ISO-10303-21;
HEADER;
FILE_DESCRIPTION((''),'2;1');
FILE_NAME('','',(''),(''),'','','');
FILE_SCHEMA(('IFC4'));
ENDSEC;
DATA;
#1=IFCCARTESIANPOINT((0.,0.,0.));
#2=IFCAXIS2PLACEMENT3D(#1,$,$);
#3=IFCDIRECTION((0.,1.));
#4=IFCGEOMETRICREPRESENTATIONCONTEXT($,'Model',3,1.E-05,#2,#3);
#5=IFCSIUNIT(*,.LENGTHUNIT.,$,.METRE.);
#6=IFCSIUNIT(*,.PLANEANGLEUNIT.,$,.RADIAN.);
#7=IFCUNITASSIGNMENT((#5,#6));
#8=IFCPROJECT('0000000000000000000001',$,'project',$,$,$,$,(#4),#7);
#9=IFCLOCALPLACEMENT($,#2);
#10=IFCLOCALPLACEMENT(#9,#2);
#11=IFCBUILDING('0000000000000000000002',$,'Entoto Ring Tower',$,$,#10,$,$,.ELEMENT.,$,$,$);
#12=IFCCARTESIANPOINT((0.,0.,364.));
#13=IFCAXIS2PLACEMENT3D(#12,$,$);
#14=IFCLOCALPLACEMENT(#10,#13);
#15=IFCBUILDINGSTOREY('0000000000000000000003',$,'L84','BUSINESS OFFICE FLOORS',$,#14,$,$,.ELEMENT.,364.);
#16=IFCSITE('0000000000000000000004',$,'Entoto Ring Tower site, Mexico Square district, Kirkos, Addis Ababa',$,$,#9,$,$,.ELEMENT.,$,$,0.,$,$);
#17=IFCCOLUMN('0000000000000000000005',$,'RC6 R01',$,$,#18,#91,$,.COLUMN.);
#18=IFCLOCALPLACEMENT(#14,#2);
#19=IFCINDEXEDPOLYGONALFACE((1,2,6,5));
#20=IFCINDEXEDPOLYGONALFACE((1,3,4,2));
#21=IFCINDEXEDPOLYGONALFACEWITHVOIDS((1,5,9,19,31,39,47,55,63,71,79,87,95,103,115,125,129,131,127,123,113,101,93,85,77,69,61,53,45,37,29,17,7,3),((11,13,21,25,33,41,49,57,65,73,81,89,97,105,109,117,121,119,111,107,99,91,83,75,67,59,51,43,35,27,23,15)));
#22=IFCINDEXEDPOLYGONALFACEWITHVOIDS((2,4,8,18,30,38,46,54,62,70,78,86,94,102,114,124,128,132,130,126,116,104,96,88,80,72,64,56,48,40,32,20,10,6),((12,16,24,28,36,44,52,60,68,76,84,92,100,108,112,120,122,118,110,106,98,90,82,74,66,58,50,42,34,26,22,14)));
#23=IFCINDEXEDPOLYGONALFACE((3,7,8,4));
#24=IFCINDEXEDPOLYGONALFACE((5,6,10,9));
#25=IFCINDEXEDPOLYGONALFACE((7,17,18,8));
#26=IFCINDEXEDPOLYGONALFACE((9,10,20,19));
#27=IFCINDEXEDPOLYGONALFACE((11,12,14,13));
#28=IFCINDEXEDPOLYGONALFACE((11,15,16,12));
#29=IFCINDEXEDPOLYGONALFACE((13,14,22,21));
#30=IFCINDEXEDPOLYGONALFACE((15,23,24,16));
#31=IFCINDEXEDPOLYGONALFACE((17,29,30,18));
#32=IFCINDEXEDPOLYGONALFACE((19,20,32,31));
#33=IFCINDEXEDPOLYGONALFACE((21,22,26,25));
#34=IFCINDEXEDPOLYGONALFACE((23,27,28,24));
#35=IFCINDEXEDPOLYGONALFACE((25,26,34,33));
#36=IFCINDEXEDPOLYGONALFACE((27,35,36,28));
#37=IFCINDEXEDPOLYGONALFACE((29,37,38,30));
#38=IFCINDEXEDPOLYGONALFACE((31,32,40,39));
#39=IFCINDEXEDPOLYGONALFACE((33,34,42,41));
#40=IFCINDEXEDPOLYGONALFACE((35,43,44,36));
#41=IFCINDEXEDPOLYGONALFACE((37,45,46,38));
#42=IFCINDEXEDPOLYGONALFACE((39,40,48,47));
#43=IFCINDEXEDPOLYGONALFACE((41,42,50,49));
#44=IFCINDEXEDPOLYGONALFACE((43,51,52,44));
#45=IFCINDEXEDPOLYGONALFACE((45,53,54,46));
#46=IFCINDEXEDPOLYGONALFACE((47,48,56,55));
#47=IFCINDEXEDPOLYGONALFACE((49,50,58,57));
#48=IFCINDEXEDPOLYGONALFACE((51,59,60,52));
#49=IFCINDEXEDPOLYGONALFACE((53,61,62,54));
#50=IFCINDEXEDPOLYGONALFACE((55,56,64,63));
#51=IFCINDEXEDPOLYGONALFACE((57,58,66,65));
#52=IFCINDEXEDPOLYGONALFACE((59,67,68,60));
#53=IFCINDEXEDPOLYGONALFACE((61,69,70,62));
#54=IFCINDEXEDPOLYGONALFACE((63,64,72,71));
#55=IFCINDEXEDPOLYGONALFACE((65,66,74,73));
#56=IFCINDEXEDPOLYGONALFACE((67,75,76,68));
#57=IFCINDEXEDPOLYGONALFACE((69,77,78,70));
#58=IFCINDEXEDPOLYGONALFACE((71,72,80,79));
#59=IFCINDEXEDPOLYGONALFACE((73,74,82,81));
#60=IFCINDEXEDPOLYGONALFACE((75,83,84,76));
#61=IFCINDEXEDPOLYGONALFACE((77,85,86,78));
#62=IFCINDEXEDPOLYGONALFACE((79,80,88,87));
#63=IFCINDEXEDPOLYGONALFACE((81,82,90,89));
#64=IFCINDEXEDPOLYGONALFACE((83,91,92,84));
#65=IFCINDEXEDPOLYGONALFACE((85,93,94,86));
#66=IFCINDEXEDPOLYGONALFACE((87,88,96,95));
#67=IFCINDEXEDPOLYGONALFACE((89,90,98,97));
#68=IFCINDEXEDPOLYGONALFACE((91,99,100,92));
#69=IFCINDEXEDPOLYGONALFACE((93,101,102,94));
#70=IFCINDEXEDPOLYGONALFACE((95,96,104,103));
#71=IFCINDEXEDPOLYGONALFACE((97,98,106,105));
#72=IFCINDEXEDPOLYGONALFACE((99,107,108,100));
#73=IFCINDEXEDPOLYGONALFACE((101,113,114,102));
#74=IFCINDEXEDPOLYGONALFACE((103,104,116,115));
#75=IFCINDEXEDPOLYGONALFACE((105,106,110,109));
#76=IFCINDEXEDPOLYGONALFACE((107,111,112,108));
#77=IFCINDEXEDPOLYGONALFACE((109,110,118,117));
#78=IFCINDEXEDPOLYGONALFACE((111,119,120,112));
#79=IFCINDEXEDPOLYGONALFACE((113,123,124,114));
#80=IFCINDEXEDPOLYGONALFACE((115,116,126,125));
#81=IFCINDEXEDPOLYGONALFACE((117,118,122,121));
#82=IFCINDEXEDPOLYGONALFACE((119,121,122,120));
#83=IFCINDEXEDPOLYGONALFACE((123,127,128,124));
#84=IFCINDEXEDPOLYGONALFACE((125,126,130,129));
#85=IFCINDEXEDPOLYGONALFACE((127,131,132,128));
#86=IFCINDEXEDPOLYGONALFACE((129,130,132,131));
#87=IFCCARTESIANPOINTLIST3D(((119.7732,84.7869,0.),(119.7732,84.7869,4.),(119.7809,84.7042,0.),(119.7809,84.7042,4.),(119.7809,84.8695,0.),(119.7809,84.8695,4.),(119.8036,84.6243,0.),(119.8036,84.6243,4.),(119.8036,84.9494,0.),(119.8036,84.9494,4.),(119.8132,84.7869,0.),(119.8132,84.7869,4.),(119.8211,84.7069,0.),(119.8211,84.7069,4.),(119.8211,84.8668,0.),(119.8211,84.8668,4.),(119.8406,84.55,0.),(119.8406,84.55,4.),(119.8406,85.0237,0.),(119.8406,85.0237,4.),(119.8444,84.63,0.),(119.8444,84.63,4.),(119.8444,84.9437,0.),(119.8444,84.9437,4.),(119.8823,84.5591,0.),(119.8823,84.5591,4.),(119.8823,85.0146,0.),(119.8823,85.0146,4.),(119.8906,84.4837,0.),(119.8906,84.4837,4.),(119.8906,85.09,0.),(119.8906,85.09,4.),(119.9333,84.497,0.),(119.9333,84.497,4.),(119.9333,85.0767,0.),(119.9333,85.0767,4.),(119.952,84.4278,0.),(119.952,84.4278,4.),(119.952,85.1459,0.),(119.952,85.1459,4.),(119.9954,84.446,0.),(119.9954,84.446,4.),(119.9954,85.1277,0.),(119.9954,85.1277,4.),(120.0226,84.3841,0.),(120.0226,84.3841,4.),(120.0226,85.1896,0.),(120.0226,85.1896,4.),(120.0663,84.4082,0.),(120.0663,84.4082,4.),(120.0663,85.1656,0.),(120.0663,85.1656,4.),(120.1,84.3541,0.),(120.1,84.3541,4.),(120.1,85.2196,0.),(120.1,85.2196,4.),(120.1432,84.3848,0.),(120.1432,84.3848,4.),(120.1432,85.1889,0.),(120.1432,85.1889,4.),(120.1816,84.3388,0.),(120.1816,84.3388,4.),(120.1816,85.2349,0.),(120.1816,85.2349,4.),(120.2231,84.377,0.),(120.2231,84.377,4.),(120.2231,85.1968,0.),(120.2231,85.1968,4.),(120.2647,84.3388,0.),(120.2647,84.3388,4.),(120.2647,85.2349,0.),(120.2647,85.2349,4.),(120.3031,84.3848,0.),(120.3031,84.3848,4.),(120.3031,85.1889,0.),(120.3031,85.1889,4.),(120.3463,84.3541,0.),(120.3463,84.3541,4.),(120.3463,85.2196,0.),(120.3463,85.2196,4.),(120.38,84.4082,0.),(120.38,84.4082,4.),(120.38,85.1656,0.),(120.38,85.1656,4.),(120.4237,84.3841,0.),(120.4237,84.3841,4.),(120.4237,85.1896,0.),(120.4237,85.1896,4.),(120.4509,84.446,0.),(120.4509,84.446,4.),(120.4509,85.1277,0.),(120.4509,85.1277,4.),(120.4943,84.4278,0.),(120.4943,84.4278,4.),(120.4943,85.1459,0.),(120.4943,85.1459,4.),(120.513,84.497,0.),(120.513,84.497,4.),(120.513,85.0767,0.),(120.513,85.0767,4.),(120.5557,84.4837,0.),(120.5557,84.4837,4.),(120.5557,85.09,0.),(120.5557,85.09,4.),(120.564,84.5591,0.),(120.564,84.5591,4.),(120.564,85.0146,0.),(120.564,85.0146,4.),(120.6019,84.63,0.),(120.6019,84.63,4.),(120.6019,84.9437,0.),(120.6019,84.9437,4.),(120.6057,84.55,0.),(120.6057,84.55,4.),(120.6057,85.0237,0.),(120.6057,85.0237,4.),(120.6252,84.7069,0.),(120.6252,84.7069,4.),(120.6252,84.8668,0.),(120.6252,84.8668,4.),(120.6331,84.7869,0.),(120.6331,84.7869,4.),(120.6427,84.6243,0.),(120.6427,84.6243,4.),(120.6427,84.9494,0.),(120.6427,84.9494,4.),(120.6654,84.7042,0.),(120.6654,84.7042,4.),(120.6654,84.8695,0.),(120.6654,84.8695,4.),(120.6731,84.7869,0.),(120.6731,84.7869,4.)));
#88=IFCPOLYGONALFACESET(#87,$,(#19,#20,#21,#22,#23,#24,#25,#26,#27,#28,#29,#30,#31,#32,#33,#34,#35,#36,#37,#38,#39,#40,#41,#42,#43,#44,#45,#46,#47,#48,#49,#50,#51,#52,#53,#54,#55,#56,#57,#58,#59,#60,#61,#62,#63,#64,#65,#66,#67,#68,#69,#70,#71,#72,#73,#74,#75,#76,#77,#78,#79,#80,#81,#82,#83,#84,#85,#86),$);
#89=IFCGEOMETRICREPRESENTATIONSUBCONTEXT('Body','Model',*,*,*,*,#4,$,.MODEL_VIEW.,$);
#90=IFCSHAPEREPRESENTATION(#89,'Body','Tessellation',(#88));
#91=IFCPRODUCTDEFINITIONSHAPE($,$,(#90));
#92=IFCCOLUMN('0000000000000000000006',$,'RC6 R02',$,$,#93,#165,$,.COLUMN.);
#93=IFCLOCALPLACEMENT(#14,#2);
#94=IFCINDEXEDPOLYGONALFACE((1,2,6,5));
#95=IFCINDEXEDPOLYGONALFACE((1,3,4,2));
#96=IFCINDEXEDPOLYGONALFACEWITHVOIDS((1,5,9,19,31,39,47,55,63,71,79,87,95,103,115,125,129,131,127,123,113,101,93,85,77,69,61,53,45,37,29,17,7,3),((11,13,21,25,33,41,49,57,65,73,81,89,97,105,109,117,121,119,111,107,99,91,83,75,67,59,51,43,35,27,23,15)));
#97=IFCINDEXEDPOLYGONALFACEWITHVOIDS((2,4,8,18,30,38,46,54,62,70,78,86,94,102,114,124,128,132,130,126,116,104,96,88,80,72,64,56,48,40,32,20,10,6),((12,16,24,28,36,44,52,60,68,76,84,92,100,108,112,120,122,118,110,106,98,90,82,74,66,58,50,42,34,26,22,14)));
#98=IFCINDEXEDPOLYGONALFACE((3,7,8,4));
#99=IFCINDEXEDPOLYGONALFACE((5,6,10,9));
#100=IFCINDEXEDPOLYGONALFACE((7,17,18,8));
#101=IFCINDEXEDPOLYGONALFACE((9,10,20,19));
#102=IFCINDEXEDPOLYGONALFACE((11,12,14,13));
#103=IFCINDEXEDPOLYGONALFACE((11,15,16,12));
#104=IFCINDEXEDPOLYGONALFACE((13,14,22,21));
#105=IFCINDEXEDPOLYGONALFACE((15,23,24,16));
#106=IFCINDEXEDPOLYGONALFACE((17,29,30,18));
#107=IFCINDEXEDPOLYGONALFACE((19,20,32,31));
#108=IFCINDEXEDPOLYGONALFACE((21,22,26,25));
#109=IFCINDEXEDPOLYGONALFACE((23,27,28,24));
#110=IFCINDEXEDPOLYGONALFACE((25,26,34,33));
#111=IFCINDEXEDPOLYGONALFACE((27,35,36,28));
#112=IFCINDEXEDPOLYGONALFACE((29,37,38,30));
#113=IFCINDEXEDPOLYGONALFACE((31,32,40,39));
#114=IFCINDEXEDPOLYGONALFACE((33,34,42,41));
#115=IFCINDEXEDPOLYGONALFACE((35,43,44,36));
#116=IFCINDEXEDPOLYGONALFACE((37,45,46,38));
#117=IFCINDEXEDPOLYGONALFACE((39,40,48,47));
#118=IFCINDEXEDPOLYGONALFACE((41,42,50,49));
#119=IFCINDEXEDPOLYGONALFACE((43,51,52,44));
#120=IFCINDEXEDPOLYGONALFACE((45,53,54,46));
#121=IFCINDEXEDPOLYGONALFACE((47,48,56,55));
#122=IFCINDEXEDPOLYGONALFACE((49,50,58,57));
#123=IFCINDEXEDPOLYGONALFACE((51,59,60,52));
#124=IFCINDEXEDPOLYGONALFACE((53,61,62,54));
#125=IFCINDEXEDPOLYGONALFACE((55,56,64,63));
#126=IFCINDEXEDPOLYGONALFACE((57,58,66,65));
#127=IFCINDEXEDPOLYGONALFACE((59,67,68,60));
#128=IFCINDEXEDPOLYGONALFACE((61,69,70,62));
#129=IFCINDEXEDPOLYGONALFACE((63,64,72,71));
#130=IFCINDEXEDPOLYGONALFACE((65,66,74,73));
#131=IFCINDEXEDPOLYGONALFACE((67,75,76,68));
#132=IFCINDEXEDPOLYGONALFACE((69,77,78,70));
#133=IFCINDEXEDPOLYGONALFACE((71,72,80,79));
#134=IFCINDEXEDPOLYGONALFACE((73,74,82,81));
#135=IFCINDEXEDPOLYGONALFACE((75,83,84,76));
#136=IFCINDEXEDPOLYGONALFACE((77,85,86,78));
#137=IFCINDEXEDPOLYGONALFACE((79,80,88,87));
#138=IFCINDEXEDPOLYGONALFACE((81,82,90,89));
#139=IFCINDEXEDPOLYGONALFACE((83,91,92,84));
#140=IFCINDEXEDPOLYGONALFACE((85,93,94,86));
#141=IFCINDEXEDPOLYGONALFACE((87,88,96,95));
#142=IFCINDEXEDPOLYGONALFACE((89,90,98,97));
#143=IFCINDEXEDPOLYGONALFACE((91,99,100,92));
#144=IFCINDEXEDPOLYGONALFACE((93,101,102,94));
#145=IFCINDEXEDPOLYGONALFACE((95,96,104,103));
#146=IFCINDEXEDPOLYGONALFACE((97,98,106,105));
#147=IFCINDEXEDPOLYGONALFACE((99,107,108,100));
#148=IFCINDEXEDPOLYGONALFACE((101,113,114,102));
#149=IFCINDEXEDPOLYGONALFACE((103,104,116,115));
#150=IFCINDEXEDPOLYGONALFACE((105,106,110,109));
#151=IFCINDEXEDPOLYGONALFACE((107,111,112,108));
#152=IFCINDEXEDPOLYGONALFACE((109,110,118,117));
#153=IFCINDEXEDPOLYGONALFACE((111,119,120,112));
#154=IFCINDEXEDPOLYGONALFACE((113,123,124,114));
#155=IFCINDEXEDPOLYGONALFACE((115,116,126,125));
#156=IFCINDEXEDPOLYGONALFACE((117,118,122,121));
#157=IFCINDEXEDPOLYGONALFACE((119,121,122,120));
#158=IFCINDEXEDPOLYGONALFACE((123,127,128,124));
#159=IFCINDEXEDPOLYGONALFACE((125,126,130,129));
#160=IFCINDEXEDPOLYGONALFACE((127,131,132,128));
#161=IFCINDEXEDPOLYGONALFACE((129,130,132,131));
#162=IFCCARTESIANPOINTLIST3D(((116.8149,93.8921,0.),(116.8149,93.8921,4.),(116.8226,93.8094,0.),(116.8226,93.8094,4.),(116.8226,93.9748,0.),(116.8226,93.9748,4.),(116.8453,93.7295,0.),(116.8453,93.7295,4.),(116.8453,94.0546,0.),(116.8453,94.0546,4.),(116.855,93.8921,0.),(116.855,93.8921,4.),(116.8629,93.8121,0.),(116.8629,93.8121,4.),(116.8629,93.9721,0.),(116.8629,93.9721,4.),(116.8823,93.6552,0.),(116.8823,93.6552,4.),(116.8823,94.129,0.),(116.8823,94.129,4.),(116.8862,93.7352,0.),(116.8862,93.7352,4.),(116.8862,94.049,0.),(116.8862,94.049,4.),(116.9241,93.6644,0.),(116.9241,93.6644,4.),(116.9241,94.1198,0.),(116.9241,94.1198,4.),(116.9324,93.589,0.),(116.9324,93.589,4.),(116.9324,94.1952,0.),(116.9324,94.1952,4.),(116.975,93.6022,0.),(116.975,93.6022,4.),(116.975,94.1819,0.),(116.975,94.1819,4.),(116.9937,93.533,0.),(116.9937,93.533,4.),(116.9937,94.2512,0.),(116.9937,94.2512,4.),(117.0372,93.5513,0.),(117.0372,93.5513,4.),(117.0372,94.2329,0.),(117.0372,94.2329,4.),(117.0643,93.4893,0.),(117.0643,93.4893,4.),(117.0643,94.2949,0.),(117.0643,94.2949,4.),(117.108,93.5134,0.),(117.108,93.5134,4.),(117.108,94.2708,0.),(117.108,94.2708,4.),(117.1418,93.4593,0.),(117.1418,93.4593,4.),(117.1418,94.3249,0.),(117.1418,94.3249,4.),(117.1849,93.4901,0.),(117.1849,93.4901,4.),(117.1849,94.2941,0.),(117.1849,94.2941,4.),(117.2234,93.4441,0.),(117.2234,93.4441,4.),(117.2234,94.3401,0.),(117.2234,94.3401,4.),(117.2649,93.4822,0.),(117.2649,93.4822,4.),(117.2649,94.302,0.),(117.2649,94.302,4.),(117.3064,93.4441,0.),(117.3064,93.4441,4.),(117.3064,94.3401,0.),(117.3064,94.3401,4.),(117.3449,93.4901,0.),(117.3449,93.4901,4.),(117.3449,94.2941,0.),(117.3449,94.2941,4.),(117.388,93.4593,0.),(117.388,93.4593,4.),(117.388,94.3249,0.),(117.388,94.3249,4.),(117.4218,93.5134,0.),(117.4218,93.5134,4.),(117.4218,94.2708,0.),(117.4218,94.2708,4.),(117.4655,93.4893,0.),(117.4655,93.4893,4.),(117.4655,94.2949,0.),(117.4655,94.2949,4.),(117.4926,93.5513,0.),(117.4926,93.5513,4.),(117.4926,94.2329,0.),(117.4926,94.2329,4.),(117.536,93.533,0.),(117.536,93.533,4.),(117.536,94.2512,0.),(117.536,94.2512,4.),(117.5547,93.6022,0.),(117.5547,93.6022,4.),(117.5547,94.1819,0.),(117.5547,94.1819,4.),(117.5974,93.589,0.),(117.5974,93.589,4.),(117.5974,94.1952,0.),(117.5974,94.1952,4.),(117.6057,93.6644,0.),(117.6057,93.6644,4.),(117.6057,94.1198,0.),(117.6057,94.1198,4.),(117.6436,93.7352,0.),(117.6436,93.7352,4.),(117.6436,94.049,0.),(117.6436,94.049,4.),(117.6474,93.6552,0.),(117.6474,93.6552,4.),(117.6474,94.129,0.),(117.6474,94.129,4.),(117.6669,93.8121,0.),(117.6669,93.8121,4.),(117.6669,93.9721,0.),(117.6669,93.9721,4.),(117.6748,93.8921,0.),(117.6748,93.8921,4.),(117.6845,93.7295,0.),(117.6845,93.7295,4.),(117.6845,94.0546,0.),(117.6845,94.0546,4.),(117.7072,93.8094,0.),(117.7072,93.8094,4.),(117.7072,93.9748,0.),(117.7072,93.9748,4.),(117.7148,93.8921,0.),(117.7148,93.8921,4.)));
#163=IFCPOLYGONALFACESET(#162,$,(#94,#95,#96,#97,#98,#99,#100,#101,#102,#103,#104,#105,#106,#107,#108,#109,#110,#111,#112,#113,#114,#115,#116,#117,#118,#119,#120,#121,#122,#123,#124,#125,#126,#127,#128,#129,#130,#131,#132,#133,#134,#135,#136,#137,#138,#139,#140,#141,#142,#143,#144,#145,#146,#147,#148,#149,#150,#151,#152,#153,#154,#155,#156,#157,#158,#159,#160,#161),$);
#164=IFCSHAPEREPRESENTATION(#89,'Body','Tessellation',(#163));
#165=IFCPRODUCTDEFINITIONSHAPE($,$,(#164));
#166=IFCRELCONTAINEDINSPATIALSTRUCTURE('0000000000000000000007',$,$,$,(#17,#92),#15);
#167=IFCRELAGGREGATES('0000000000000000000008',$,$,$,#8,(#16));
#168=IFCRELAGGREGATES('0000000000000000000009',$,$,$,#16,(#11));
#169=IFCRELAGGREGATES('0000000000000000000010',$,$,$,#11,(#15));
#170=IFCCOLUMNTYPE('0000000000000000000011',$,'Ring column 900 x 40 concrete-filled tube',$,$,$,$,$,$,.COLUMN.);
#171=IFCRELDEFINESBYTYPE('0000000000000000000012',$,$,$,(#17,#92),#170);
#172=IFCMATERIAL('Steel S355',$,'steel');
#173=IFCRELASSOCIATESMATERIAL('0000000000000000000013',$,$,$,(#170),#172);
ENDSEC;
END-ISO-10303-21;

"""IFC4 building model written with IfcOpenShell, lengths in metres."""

from ifc_helpers import new_model, si_unit, direction, frame, origin, origin_2d, place, context, subcontext, project, spatial, circle, hollow_circle, extrude, material, material_profile, profile_set, type_object, element, save


model = new_model("IFC4")

# Units and contexts
model_context = context("Model", 3, precision=1e-05, world=origin(), true_north=direction((0.0, 1.0)))
body_context = subcontext(model_context, "Body", "Model", "MODEL_VIEW")
ifc_project = project(units=[si_unit("LENGTHUNIT", "METRE"), si_unit("PLANEANGLEUNIT", "RADIAN")], contexts=[model_context])

# Site, building, storey
site_placement = place(None, origin())
site = spatial("IfcSite", under=ifc_project, at=site_placement, Name="Entoto Ring Tower site, Mexico Square district, Kirkos, Addis Ababa", CompositionType="ELEMENT", RefElevation=0.0)
building_placement = place(site_placement, origin())
building = spatial("IfcBuilding", under=site, at=building_placement, Name="Entoto Ring Tower", CompositionType="ELEMENT")
storey_placement = place(building_placement, frame((0.0, 0.0, 364.0)))
storey = spatial("IfcBuildingStorey", under=building, at=storey_placement, Name="L84", Description="BUSINESS OFFICE FLOORS", CompositionType="ELEMENT", Elevation=364.0)

# Columns
ifc_material_1 = material(Name="Steel S355", Category="steel")
ifc_material_profile_1 = material_profile(ifc_material_1, hollow_circle(Radius=0.45, WallThickness=0.04, at=origin_2d()), Name="CHS 900 x 40")
ifc_material_2 = material(Name="Concrete C60/75", Category="concrete")
ifc_material_profile_2 = material_profile(ifc_material_2, circle(Radius=0.4099, at=origin_2d()), Name="Concrete C60/75 infill")
ifc_profile_set_1 = profile_set([ifc_material_profile_1, ifc_material_profile_2], Name="Steel S355")
column_type = type_object("IfcColumnType", Name="Ring column 900 x 40 concrete-filled tube", PredefinedType="COLUMN", material=ifc_profile_set_1)
for number, where, z_axis, x_axis, name in (
    (1, (120.2231, 84.7869, 0.0), (0.0, 0.0, 1.0), (1.0, 0.0, 0.0), "RC6 R01"),
    (2, (117.2649, 93.8921, 0.0), (0.0, 0.0, 1.0), (1.0, 0.0, 0.0), "RC6 R02"),
):
    element("IfcColumn", number, at=place(storey_placement, frame(where, z_axis=z_axis, x_axis=x_axis)), inside=storey, type_object=column_type, Name=name, PredefinedType="COLUMN", context=body_context, shape_type="SweptSolid", body=[
        extrude(hollow_circle(Radius=0.45, WallThickness=0.04, at=origin_2d()), origin(), (0.0, 0.0, 1.0), 4.0),
    ])

save(model, "model.ifc")
